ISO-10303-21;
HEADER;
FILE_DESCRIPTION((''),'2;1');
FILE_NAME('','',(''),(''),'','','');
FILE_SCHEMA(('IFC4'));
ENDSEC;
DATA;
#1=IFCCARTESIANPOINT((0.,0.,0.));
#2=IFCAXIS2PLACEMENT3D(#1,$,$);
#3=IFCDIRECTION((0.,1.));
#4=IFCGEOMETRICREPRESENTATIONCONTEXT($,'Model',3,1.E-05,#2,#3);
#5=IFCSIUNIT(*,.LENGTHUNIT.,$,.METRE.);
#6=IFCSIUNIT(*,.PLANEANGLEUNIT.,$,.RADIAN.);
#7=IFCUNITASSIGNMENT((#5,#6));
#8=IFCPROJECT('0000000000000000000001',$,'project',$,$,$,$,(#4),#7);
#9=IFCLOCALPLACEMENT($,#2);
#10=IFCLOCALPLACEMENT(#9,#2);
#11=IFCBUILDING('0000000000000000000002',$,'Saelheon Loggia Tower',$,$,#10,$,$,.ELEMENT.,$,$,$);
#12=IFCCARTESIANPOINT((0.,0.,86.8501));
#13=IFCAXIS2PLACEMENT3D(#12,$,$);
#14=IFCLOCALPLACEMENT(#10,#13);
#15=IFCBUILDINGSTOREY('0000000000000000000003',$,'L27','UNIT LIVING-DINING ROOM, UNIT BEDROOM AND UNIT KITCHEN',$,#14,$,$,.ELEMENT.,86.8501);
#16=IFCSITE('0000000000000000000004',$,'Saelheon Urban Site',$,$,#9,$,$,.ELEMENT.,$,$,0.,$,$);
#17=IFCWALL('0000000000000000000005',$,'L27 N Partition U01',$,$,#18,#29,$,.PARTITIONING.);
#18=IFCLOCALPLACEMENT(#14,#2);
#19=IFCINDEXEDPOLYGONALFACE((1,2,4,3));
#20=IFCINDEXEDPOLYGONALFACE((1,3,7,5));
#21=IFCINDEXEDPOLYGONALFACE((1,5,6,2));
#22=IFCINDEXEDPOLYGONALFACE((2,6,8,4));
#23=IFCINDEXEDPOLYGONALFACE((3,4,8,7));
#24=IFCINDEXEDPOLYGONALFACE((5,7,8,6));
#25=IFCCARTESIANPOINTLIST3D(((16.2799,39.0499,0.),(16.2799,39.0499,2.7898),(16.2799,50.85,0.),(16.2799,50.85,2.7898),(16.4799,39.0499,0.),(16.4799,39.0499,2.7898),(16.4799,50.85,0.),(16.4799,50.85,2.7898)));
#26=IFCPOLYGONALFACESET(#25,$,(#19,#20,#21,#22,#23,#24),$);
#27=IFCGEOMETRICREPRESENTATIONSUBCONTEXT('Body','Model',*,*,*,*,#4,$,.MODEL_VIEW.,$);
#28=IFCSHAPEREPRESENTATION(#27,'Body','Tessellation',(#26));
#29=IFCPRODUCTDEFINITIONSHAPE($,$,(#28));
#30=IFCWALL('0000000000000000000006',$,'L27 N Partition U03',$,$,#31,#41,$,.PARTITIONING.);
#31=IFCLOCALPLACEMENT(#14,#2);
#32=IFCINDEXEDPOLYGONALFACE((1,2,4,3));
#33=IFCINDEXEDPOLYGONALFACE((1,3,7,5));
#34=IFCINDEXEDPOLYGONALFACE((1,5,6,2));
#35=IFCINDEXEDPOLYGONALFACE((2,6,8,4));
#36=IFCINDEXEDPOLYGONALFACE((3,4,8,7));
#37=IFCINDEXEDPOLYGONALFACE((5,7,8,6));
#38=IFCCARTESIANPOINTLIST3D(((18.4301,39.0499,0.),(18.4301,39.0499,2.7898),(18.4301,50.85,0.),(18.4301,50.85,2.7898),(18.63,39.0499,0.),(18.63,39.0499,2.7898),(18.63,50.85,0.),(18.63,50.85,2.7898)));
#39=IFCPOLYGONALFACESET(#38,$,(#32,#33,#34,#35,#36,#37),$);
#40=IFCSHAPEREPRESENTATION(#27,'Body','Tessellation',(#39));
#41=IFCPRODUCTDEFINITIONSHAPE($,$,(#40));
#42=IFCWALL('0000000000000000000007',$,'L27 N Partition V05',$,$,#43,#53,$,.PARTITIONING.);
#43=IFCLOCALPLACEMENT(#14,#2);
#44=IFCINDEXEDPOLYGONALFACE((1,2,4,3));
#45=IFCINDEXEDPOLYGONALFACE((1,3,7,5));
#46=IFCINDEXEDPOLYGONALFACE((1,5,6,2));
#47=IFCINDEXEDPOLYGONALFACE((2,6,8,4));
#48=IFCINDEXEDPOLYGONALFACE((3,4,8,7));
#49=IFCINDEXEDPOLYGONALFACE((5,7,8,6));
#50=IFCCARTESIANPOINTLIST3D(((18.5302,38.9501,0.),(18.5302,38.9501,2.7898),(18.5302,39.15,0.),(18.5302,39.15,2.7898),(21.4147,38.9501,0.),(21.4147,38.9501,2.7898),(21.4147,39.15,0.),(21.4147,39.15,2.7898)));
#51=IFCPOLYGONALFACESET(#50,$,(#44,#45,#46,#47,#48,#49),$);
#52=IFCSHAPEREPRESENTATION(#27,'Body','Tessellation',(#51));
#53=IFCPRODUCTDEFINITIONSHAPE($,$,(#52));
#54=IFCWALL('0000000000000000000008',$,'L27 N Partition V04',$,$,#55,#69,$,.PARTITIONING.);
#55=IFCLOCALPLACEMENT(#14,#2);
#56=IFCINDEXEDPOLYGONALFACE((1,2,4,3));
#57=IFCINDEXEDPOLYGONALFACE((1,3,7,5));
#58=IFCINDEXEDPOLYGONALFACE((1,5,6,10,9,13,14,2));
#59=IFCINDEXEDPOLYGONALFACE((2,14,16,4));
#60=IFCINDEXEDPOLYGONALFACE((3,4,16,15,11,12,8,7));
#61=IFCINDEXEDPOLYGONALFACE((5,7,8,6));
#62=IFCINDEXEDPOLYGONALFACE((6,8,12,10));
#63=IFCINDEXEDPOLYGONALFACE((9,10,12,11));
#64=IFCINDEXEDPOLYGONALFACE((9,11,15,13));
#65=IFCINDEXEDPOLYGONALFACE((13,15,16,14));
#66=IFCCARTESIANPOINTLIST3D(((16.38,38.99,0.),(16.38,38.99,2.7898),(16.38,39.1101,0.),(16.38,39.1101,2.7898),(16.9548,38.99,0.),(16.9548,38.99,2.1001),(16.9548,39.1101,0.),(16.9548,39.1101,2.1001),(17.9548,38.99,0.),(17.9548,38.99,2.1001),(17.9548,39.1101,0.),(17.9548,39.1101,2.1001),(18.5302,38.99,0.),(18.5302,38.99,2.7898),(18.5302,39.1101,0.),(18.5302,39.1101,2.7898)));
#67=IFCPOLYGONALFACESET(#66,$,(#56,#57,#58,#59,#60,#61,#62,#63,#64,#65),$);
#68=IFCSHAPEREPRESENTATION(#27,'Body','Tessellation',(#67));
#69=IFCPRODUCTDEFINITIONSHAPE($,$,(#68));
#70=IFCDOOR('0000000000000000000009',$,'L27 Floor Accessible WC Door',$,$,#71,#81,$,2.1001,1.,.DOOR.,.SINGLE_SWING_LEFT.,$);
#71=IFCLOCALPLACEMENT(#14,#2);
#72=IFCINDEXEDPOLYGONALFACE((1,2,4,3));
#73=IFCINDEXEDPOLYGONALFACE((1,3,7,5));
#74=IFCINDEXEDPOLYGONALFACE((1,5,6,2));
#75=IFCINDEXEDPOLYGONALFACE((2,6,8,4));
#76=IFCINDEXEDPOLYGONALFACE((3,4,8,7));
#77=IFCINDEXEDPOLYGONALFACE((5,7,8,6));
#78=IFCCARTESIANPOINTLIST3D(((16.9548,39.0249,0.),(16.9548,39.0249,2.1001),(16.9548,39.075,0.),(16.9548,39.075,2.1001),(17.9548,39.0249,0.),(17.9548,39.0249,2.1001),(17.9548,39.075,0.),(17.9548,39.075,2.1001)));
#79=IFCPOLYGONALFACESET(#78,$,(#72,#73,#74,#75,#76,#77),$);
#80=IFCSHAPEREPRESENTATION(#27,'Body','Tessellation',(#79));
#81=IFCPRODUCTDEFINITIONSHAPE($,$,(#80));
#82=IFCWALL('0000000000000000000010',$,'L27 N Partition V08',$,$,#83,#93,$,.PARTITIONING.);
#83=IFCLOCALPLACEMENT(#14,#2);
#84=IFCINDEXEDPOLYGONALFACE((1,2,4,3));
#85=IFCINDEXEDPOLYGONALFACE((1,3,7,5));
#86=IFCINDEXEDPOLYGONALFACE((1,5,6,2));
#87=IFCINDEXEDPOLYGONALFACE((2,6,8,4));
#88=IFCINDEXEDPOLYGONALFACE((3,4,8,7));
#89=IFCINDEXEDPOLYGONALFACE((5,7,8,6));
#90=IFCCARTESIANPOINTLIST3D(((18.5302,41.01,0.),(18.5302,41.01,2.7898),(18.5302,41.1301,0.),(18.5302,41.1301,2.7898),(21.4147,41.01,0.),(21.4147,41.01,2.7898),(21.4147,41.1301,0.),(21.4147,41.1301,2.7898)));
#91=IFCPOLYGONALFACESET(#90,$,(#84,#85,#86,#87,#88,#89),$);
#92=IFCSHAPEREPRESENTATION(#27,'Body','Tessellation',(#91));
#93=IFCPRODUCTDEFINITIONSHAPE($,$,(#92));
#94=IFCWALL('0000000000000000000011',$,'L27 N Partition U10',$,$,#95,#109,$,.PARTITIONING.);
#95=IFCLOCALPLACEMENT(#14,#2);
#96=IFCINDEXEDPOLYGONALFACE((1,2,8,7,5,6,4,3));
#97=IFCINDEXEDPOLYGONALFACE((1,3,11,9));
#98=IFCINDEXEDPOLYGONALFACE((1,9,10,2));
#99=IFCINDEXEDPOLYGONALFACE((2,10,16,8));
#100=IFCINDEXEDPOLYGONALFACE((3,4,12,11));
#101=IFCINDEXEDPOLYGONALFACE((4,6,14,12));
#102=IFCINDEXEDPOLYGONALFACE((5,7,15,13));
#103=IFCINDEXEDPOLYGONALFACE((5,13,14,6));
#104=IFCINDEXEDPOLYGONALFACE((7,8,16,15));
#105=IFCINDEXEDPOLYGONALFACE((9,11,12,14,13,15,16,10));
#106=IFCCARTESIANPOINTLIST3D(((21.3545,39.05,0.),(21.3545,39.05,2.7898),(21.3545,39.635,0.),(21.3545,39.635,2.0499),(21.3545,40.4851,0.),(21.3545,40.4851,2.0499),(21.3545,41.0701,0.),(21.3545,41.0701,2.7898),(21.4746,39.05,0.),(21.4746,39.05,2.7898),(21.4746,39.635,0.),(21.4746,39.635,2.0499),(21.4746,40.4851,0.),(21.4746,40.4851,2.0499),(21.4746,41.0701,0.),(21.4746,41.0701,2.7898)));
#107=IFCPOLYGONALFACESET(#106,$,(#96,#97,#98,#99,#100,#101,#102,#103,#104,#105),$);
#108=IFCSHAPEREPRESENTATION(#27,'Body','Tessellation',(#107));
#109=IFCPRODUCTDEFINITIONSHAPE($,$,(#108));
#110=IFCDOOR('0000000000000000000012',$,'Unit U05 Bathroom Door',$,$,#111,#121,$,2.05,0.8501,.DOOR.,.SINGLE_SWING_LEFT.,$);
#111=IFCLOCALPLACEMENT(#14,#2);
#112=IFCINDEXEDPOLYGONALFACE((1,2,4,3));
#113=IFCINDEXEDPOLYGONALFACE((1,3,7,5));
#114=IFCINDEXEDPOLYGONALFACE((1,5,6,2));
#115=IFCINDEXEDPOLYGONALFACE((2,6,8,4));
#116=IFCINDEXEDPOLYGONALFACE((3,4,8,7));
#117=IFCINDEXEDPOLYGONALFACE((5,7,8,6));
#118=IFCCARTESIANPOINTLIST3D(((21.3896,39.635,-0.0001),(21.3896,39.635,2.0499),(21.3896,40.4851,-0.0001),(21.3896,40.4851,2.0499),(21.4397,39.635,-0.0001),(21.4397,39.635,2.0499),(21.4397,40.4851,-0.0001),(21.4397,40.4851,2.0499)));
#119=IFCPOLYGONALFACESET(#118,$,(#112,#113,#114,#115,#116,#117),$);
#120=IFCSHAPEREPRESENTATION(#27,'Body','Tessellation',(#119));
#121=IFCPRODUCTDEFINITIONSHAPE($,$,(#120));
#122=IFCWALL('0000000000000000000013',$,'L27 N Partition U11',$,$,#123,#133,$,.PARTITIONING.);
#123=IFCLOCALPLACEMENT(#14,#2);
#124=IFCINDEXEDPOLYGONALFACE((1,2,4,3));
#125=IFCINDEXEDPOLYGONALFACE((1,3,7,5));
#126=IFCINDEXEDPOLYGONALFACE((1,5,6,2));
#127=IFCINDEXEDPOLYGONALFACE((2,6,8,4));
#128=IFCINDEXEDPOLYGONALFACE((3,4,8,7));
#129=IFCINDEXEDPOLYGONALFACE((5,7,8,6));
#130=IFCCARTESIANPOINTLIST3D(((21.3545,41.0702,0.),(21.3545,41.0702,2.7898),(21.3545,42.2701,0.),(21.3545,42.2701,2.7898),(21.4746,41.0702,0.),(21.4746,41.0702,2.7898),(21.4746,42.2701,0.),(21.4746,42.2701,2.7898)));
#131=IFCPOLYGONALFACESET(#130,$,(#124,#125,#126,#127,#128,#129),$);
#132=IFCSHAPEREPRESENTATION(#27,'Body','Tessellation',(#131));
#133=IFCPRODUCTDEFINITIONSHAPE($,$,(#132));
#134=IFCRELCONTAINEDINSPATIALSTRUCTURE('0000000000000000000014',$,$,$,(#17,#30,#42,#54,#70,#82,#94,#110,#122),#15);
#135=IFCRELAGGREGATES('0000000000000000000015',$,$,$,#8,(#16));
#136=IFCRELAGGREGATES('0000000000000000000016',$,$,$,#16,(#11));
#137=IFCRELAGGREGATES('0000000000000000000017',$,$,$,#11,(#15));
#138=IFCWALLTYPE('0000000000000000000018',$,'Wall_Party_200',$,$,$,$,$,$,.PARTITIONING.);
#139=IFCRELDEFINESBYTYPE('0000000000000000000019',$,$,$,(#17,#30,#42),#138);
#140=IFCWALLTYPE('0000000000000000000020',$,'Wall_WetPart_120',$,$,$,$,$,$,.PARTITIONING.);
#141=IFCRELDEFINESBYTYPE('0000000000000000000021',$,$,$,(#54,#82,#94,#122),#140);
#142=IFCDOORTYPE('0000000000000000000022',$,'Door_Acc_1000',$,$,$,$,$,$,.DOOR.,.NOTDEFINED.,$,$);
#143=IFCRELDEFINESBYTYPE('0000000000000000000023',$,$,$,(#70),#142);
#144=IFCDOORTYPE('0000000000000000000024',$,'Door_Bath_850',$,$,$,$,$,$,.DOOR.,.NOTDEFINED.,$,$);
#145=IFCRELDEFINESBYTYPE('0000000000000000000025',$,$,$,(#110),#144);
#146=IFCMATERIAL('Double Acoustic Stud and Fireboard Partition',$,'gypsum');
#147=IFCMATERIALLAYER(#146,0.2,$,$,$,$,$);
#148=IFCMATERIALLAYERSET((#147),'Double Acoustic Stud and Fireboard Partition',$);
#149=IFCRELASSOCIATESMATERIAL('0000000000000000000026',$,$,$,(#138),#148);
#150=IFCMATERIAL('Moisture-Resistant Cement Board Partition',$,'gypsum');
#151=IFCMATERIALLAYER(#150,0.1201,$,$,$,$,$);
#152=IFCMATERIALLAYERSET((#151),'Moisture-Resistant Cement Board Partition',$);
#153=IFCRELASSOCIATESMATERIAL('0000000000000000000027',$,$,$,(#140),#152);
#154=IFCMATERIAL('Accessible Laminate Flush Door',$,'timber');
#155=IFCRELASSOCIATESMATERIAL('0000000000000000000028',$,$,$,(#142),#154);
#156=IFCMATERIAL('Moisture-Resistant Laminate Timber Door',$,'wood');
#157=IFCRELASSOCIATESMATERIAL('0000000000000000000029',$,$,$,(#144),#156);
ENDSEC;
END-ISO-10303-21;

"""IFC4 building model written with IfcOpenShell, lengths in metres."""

from ifc_helpers import new_model, si_unit, direction, frame, frame_2d, origin, place, context, subcontext, project, spatial, rectangle, extrude, source, transform, mapped, material, layer, layer_set, type_object, element, fill, save


model = new_model("IFC4")

# Units and contexts
model_context = context("Model", 3, precision=1e-05, world=origin(), true_north=direction((0.0, 1.0)))
body_context = subcontext(model_context, "Body", "Model", "MODEL_VIEW")
ifc_project = project(units=[si_unit("LENGTHUNIT", "METRE"), si_unit("PLANEANGLEUNIT", "RADIAN")], contexts=[model_context])

# Site, building, storey
site_placement = place(None, origin())
site = spatial("IfcSite", under=ifc_project, at=site_placement, Name="Saelheon Urban Site", CompositionType="ELEMENT", RefElevation=0.0)
building_placement = place(site_placement, origin())
building = spatial("IfcBuilding", under=site, at=building_placement, Name="Saelheon Loggia Tower", CompositionType="ELEMENT")
storey_placement = place(building_placement, frame((0.0, 0.0, 86.8501)))
storey = spatial("IfcBuildingStorey", under=building, at=storey_placement, Name="L27", Description="UNIT LIVING-DINING ROOM, UNIT BEDROOM AND UNIT KITCHEN", CompositionType="ELEMENT", Elevation=86.8501)

# Walls
ifc_material_1 = material(Name="Double Acoustic Stud and Fireboard Partition", Category="gypsum")
ifc_layer_1 = layer(ifc_material_1, 0.2)
ifc_layer_set_1 = layer_set([ifc_layer_1], Name="Double Acoustic Stud and Fireboard Partition")
wall_type_1 = type_object("IfcWallType", Name="Wall_Party_200", PredefinedType="PARTITIONING", material=ifc_layer_set_1)
for number, where, z_axis, x_axis, name in (
    (1, (16.3799, 39.05, 0.0), (0.0, 0.0, 1.0), (0.0, 1.0, 0.0), "L27 N Partition U01"),
    (2, (18.53, 39.05, 0.0), (0.0, 0.0, 1.0), (0.0, 1.0, 0.0), "L27 N Partition U03"),
):
    element("IfcWall", number, at=place(storey_placement, frame(where, z_axis=z_axis, x_axis=x_axis)), inside=storey, type_object=wall_type_1, Name=name, PredefinedType="PARTITIONING", context=body_context, shape_type="SweptSolid", body=[
        extrude(rectangle(XDim=11.8, YDim=0.2, at=frame_2d((5.8999, 0.0))), origin(), (0.0, 0.0, 1.0), 2.7898),
    ])
wall_1_placement = place(storey_placement, frame((18.53, 39.05, 0.0), z_axis=(0.0, 0.0, 1.0), x_axis=(1.0, 0.0, 0.0)))
element("IfcWall", 3, at=wall_1_placement, inside=storey, type_object=wall_type_1, Name="L27 N Partition V05", PredefinedType="PARTITIONING", context=body_context, shape_type="SweptSolid", body=[
    extrude(rectangle(XDim=2.8845, YDim=0.2, at=frame_2d((1.4424, 0.0))), origin(), (0.0, 0.0, 1.0), 2.7898),
])

# Wall, opening, door
ifc_material_2 = material(Name="Moisture-Resistant Cement Board Partition", Category="gypsum")
ifc_layer_2 = layer(ifc_material_2, 0.1201)
ifc_layer_set_2 = layer_set([ifc_layer_2], Name="Moisture-Resistant Cement Board Partition")
wall_type_2 = type_object("IfcWallType", Name="Wall_WetPart_120", PredefinedType="PARTITIONING", material=ifc_layer_set_2)
wall_2_placement = place(storey_placement, frame((16.3799, 39.05, 0.0), z_axis=(0.0, 0.0, 1.0), x_axis=(1.0, 0.0, 0.0)))
wall_2 = element("IfcWall", 4, at=wall_2_placement, inside=storey, type_object=wall_type_2, Name="L27 N Partition V04", PredefinedType="PARTITIONING", context=body_context, shape_type="SweptSolid", body=[
    extrude(rectangle(XDim=2.1501, YDim=0.1201, at=frame_2d((1.0752, 0.0))), origin(), (0.0, 0.0, 1.0), 2.7898),
])
opening_1_placement = place(wall_2_placement, frame((0.575, 0.0, 0.0)))
opening_1 = element("IfcOpeningElement", 5, at=opening_1_placement, cuts=wall_2, PredefinedType="OPENING", context=body_context, shape_type="SweptSolid", body=[
    extrude(rectangle(XDim=1.0, YDim=2.1001, at=frame_2d((0.5, 1.05))), frame((0.0, 0.072, 0.0), z_axis=(0.0, -1.0, 0.0), x_axis=(1.0, 0.0, 0.0)), (0.0, 0.0, 1.0), 0.144),
])
ifc_material_3 = material(Name="Accessible Laminate Flush Door", Category="timber")
door_type_1 = type_object("IfcDoorType", Name="Door_Acc_1000", OperationType="NOTDEFINED", PredefinedType="DOOR", material=ifc_material_3)
shared_shape_1 = source(origin(), body_context, "Body", "SweptSolid", [
    extrude(rectangle(XDim=1.0, YDim=2.1001, at=frame_2d((0.5, 1.05))), frame((0.0, 0.0249, 0.0), z_axis=(0.0, -1.0, 0.0), x_axis=(1.0, 0.0, 0.0)), (0.0, 0.0, 1.0), 0.05),
])
door_1_placement = place(opening_1_placement, origin())
door_1 = element("IfcDoor", 6, at=door_1_placement, inside=storey, type_object=door_type_1, Name="L27 Floor Accessible WC Door", OperationType="SINGLE_SWING_LEFT", OverallHeight=2.1001, OverallWidth=1.0, PredefinedType="DOOR", context=body_context, shape_type="MappedRepresentation", body=[
    mapped(shared_shape_1, transform((0.0, 0.0, 0.0), scale=1.0)),
])
fill(opening_1, door_1)

# Wall
wall_3_placement = place(storey_placement, frame((18.53, 41.0701, 0.0), z_axis=(0.0, 0.0, 1.0), x_axis=(1.0, 0.0, 0.0)))
element("IfcWall", 7, at=wall_3_placement, inside=storey, type_object=wall_type_2, Name="L27 N Partition V08", PredefinedType="PARTITIONING", context=body_context, shape_type="SweptSolid", body=[
    extrude(rectangle(XDim=2.8845, YDim=0.1201, at=frame_2d((1.4424, 0.0))), origin(), (0.0, 0.0, 1.0), 2.7898),
])

# Wall, opening, door
wall_4_placement = place(storey_placement, frame((21.4146, 39.05, 0.0), z_axis=(0.0, 0.0, 1.0), x_axis=(0.0, 1.0, 0.0)))
wall_4 = element("IfcWall", 8, at=wall_4_placement, inside=storey, type_object=wall_type_2, Name="L27 N Partition U10", PredefinedType="PARTITIONING", context=body_context, shape_type="SweptSolid", body=[
    extrude(rectangle(XDim=2.02, YDim=0.1201, at=frame_2d((1.01, 0.0))), origin(), (0.0, 0.0, 1.0), 2.7898),
])
opening_2_placement = place(wall_4_placement, frame((0.585, 0.0, 0.0)))
opening_2 = element("IfcOpeningElement", 9, at=opening_2_placement, cuts=wall_4, PredefinedType="OPENING", context=body_context, shape_type="SweptSolid", body=[
    extrude(rectangle(XDim=0.8501, YDim=2.05, at=frame_2d((0.425, 1.0249))), frame((0.0, 0.072, 0.0), z_axis=(0.0, -1.0, 0.0), x_axis=(1.0, 0.0, 0.0)), (0.0, 0.0, 1.0), 0.144),
])
ifc_material_4 = material(Name="Moisture-Resistant Laminate Timber Door", Category="wood")
door_type_2 = type_object("IfcDoorType", Name="Door_Bath_850", OperationType="NOTDEFINED", PredefinedType="DOOR", material=ifc_material_4)
shared_shape_2 = source(origin(), body_context, "Body", "SweptSolid", [
    extrude(rectangle(XDim=0.8501, YDim=2.05, at=frame_2d((0.425, 1.0249))), frame((0.0, 0.0249, 0.0), z_axis=(0.0, -1.0, 0.0), x_axis=(1.0, 0.0, 0.0)), (0.0, 0.0, 1.0), 0.05),
])
door_2_placement = place(opening_2_placement, origin())
door_2 = element("IfcDoor", 10, at=door_2_placement, inside=storey, type_object=door_type_2, Name="Unit U05 Bathroom Door", OperationType="SINGLE_SWING_LEFT", OverallHeight=2.05, OverallWidth=0.8501, PredefinedType="DOOR", context=body_context, shape_type="MappedRepresentation", body=[
    mapped(shared_shape_2, transform((0.0, 0.0, 0.0), scale=1.0)),
])
fill(opening_2, door_2)

# Wall
wall_5_placement = place(storey_placement, frame((21.4146, 41.0701, 0.0), z_axis=(0.0, 0.0, 1.0), x_axis=(0.0, 1.0, 0.0)))
element("IfcWall", 11, at=wall_5_placement, inside=storey, type_object=wall_type_2, Name="L27 N Partition U11", PredefinedType="PARTITIONING", context=body_context, shape_type="SweptSolid", body=[
    extrude(rectangle(XDim=1.2, YDim=0.1201, at=frame_2d((0.6001, 0.0))), origin(), (0.0, 0.0, 1.0), 2.7898),
])

save(model, "model.ifc")
